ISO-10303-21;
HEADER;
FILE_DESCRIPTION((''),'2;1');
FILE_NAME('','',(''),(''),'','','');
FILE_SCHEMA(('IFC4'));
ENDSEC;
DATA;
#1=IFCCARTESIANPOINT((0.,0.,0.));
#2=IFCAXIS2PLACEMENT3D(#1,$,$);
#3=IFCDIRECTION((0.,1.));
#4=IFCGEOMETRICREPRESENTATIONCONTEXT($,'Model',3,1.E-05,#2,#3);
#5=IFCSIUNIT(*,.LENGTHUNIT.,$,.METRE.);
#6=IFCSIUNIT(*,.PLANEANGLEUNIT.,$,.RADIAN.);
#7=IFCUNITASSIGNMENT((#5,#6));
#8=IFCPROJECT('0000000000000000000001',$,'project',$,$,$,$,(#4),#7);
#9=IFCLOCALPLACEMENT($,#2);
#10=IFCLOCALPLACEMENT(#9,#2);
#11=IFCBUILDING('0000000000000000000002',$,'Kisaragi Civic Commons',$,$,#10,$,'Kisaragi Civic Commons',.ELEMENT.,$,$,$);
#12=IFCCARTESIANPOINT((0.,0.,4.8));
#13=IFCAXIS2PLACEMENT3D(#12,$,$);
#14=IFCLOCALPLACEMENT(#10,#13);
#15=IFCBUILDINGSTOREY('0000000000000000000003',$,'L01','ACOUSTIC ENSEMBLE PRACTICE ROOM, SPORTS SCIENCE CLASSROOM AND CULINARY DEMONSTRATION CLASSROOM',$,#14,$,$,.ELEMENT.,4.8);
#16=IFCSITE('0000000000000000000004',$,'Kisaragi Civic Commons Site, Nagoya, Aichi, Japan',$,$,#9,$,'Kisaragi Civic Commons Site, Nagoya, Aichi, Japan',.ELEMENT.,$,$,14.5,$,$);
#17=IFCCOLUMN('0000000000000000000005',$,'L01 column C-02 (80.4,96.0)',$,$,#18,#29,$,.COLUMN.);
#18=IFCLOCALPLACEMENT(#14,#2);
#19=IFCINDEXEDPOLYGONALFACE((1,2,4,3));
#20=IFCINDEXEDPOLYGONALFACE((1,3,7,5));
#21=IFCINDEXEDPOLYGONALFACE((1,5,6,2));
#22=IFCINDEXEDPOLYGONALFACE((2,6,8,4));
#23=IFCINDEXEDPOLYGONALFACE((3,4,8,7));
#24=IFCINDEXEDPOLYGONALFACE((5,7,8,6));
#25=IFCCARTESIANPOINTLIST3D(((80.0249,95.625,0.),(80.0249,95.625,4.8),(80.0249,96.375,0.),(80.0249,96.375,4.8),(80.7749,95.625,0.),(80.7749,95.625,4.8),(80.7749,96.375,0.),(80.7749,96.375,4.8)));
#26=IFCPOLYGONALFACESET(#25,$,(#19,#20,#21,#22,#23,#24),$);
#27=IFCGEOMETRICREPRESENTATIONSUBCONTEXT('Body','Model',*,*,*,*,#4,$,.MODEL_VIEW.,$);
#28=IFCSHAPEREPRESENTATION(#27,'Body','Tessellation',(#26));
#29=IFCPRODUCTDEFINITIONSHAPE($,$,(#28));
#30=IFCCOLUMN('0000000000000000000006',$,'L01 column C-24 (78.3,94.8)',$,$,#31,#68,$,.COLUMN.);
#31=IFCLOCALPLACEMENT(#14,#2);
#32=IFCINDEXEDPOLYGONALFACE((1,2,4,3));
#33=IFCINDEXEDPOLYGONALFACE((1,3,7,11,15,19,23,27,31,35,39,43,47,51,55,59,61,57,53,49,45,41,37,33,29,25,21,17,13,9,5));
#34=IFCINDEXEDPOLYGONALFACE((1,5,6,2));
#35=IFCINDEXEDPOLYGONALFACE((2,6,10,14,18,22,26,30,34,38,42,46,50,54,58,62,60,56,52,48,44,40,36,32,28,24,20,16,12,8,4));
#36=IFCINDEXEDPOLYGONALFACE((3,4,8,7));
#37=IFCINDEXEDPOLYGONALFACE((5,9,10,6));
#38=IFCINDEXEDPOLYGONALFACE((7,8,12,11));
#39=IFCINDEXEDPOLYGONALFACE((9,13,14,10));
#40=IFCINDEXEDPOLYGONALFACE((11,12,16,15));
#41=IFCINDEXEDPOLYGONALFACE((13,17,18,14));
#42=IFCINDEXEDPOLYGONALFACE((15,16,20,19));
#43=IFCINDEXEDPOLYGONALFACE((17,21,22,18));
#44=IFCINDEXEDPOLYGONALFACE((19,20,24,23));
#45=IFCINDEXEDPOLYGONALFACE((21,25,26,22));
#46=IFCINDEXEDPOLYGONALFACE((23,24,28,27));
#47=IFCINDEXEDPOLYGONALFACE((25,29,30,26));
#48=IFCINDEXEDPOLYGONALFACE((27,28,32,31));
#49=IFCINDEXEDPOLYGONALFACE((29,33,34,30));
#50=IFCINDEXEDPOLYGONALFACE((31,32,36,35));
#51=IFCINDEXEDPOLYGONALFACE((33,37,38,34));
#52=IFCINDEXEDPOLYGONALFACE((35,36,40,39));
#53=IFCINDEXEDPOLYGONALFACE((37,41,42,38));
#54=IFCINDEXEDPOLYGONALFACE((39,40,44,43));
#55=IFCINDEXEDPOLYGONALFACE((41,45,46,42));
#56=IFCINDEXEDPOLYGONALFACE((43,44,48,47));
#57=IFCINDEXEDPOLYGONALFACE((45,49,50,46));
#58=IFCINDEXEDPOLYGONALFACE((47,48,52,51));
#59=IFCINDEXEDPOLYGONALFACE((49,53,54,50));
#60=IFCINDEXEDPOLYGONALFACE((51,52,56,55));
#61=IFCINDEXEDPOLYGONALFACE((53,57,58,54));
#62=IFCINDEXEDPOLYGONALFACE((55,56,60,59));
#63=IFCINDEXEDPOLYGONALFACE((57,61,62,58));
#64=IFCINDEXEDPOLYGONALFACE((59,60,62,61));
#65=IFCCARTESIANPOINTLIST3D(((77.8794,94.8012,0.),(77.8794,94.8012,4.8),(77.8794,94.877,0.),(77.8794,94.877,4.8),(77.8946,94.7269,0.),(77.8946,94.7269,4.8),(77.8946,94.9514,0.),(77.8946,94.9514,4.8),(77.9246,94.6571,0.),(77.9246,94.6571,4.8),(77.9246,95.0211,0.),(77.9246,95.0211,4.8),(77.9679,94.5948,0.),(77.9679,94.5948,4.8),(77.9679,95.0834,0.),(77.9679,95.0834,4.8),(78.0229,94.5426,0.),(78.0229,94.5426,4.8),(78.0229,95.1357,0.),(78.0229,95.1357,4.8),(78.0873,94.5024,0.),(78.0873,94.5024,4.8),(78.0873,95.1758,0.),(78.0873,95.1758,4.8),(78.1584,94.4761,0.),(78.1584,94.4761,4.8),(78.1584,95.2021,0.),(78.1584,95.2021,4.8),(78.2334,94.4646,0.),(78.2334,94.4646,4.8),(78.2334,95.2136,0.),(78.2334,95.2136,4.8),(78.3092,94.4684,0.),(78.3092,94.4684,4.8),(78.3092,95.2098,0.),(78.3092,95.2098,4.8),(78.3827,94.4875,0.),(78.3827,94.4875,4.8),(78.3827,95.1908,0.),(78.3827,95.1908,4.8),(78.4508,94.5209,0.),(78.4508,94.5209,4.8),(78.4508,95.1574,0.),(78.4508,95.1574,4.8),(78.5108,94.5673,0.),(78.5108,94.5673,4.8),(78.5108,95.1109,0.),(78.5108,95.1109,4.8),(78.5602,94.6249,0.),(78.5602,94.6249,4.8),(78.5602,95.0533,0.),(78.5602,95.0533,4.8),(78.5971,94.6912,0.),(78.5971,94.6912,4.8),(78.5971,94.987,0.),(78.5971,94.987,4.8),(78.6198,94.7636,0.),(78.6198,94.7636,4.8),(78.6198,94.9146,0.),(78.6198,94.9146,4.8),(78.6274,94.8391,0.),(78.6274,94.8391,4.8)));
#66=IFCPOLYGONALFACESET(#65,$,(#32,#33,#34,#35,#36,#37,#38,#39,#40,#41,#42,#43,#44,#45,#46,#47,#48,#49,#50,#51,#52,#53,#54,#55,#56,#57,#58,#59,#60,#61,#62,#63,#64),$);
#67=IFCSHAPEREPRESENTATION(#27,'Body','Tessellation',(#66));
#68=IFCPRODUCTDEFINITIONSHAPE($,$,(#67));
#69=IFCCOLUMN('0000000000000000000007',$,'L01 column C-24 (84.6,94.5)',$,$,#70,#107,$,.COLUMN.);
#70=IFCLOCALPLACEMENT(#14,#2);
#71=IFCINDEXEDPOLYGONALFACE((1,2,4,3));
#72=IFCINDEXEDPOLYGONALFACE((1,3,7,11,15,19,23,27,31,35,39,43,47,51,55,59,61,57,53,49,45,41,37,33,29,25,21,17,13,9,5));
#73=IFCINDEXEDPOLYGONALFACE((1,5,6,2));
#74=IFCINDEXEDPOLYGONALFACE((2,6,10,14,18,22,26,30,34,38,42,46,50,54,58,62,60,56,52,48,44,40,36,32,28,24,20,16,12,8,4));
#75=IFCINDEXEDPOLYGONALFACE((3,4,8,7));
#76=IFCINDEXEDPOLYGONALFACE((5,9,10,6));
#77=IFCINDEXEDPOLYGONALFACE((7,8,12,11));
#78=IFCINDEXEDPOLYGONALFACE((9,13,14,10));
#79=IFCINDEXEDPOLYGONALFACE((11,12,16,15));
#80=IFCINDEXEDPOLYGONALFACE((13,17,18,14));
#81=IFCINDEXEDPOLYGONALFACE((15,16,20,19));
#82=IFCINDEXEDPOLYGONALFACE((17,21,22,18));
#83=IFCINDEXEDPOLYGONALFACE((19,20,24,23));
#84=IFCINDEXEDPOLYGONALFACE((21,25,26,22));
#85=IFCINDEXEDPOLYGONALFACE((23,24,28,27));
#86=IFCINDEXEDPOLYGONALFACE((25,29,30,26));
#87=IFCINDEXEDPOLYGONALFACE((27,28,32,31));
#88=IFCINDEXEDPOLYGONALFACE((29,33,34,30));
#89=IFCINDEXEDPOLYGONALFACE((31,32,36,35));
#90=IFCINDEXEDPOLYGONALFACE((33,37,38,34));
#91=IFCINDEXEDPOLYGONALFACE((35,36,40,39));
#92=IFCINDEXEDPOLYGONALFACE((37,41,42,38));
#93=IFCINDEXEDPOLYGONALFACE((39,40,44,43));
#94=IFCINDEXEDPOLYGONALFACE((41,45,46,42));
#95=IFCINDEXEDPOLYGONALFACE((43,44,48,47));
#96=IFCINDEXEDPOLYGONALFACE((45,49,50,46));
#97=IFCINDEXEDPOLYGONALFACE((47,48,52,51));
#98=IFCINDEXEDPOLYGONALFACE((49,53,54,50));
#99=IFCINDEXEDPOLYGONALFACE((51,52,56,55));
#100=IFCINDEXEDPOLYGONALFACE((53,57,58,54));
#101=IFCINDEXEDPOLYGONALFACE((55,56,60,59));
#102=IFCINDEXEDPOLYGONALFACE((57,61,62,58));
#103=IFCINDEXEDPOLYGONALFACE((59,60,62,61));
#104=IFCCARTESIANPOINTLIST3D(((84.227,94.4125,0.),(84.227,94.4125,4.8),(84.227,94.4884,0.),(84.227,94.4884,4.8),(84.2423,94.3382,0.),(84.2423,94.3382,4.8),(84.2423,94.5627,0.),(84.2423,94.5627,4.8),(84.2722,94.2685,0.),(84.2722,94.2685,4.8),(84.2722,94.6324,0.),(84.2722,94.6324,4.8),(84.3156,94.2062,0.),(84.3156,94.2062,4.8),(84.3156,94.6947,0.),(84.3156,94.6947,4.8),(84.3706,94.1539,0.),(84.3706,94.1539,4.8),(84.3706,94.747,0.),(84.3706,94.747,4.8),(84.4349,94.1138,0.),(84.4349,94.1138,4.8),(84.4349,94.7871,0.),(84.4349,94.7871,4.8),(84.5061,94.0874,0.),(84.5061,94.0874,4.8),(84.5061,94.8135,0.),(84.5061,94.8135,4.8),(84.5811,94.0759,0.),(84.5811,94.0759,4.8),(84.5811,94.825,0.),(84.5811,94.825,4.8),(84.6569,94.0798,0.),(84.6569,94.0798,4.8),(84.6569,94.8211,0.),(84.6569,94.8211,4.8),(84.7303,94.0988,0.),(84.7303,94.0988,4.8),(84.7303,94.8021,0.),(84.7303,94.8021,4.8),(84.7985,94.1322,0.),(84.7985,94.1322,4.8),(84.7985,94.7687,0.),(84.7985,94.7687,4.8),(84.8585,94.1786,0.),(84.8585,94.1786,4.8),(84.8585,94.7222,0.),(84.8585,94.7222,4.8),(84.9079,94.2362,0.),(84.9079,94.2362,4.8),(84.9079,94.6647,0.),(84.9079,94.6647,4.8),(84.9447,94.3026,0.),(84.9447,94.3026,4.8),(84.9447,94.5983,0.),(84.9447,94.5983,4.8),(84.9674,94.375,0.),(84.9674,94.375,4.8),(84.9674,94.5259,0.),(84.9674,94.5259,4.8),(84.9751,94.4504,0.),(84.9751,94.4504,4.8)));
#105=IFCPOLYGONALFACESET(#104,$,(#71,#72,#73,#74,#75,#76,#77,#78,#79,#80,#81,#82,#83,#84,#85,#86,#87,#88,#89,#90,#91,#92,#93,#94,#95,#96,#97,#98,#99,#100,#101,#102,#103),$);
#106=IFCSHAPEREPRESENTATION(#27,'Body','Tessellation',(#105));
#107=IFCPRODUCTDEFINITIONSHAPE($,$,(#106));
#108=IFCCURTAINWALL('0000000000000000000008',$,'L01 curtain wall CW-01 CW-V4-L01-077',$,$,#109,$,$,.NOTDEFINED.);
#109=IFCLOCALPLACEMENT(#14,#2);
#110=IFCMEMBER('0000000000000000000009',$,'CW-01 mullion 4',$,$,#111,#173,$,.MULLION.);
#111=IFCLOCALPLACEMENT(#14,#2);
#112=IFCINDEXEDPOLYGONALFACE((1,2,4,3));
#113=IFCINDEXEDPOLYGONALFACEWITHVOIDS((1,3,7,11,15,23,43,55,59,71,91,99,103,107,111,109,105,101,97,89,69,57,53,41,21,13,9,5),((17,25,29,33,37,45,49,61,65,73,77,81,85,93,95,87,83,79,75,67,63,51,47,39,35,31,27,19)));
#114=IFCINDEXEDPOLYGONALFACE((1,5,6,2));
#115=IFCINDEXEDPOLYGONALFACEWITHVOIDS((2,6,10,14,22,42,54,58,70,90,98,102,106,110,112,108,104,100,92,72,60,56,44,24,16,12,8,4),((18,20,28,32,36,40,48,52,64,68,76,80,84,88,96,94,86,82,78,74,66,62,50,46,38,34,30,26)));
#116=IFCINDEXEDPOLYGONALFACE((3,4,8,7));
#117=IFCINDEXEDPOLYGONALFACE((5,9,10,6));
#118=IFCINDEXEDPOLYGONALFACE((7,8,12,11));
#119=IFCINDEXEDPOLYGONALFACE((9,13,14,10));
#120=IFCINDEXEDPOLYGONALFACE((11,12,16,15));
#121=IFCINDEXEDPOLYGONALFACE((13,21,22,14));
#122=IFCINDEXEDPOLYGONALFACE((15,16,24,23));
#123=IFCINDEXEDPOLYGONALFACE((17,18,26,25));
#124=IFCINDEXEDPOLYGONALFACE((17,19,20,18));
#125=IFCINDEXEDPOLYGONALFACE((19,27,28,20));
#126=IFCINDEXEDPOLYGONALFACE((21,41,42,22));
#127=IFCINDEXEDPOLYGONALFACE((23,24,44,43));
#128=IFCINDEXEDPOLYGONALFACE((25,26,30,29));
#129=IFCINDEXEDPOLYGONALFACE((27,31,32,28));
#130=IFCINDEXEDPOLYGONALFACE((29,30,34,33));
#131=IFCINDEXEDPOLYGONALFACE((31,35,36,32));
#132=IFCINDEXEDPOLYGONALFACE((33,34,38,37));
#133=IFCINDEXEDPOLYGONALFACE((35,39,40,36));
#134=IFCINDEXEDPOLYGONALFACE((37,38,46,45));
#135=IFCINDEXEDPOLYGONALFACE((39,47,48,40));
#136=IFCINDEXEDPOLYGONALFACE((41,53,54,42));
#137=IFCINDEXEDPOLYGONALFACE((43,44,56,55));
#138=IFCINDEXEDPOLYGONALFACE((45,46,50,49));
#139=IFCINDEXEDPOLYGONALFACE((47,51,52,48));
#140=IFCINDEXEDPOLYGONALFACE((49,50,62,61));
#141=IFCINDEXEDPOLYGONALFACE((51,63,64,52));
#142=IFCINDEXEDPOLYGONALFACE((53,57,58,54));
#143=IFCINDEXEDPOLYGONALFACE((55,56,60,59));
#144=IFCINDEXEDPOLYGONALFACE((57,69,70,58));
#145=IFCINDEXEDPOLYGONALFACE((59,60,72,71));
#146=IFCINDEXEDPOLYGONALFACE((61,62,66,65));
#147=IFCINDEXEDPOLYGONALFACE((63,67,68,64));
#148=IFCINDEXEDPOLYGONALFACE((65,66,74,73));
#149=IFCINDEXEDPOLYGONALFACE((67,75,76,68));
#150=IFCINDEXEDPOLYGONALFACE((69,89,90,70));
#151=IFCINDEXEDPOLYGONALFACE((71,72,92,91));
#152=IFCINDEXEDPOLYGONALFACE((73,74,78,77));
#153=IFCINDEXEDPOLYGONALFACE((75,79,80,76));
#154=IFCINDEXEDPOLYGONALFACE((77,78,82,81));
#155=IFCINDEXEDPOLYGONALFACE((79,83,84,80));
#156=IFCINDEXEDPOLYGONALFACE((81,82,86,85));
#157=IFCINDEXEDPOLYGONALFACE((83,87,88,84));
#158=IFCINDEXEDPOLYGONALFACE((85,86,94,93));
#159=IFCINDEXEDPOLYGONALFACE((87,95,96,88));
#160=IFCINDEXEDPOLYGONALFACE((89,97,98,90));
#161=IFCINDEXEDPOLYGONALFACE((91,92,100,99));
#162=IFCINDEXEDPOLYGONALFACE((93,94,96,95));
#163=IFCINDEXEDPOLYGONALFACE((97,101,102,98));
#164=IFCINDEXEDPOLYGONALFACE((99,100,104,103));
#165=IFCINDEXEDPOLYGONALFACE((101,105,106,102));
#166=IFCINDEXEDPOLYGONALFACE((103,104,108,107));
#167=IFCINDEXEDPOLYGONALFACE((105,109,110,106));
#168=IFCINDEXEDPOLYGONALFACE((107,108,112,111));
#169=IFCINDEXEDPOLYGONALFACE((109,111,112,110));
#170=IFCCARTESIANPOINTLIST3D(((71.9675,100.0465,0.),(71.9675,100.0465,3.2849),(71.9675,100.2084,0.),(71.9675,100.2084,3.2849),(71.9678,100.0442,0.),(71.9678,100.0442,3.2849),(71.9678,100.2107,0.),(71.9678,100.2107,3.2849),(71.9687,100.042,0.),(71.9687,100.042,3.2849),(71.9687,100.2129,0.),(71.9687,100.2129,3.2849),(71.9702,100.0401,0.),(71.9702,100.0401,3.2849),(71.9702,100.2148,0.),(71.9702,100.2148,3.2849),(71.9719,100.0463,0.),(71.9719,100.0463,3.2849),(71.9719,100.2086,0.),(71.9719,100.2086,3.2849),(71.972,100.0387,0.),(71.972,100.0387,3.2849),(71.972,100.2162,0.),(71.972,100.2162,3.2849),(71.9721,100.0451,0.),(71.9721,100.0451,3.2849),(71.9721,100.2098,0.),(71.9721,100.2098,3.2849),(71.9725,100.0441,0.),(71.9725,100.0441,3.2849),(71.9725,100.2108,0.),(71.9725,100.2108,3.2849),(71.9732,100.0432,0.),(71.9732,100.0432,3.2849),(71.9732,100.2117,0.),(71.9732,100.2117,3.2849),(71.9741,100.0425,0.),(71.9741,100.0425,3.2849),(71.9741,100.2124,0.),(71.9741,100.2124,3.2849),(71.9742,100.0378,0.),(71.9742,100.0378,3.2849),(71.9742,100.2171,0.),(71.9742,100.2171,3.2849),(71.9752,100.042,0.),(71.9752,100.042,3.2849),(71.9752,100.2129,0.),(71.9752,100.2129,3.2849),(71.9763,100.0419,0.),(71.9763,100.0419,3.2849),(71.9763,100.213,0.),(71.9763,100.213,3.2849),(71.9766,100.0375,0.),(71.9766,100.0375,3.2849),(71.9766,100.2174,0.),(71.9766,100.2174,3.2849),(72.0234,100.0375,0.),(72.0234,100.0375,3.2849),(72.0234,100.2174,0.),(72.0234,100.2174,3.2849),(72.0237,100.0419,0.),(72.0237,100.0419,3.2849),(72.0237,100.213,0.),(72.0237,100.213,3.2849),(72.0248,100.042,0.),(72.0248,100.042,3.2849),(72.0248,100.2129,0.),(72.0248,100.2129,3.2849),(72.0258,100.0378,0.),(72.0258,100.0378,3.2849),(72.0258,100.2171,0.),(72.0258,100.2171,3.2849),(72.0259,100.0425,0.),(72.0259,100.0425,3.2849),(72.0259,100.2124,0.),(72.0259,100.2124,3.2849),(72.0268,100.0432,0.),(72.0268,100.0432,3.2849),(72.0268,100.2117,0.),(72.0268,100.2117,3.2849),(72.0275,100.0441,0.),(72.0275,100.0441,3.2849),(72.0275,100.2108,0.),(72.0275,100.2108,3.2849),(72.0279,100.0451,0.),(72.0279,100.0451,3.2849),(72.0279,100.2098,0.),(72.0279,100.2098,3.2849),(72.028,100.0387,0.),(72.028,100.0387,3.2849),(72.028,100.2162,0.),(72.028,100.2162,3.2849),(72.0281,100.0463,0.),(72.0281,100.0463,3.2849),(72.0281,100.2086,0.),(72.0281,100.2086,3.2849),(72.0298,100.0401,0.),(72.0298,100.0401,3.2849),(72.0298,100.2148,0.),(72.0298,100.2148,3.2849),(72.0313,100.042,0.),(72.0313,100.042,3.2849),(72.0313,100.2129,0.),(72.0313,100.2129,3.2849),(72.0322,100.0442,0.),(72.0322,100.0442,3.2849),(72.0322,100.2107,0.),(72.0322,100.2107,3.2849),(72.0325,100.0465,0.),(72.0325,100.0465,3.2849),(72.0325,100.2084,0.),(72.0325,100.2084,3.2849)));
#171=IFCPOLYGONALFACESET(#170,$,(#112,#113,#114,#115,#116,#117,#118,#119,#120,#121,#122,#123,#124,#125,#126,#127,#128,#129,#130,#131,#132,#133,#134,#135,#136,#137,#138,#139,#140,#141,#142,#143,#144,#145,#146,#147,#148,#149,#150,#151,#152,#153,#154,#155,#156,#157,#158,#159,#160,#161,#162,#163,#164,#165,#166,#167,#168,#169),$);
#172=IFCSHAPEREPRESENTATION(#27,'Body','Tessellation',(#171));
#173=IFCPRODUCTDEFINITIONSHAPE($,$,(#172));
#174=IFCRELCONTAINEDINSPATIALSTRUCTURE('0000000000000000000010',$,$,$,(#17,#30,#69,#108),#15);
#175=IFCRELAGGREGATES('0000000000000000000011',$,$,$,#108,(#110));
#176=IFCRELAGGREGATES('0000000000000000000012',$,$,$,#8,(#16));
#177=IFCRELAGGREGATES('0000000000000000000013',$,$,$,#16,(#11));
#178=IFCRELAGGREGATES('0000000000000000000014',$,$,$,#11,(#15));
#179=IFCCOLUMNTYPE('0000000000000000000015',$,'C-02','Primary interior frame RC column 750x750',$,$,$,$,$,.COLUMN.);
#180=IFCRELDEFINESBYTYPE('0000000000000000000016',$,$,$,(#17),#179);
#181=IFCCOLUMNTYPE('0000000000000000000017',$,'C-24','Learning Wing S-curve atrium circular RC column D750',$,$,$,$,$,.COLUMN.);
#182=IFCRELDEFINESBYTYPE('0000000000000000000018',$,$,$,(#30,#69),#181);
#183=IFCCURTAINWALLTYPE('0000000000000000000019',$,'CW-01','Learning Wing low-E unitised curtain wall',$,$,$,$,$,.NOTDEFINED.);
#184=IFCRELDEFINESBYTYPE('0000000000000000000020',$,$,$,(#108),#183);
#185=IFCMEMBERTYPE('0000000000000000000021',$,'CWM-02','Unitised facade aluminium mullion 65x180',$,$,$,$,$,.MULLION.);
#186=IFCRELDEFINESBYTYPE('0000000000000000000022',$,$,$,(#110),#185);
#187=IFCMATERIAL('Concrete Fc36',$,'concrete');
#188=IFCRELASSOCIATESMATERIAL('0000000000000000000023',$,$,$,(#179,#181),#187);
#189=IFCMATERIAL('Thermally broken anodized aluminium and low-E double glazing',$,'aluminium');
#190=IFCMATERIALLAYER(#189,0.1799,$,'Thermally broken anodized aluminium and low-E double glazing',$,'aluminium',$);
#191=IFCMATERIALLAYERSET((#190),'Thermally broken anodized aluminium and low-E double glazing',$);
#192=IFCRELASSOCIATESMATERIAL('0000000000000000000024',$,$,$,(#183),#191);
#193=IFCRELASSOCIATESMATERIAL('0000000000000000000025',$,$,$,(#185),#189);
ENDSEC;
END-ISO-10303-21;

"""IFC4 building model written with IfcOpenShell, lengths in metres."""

from ifc_helpers import new_model, si_unit, direction, frame, origin, origin_2d, place, context, subcontext, project, spatial, rectangle, hollow_rectangle, circle, extrude, material, layer, layer_set, material_profile, profile_set, type_object, element, aggregate, save


model = new_model("IFC4")

# Units and contexts
model_context = context("Model", 3, precision=1e-05, world=origin(), true_north=direction((0.0, 1.0)))
body_context = subcontext(model_context, "Body", "Model", "MODEL_VIEW")
ifc_project = project(units=[si_unit("LENGTHUNIT", "METRE"), si_unit("PLANEANGLEUNIT", "RADIAN")], contexts=[model_context])

# Site, building, storey
site_placement = place(None, origin())
site = spatial("IfcSite", under=ifc_project, at=site_placement, Name="Kisaragi Civic Commons Site, Nagoya, Aichi, Japan", LongName="Kisaragi Civic Commons Site, Nagoya, Aichi, Japan", CompositionType="ELEMENT", RefElevation=14.5)
building_placement = place(site_placement, origin())
building = spatial("IfcBuilding", under=site, at=building_placement, Name="Kisaragi Civic Commons", LongName="Kisaragi Civic Commons", CompositionType="ELEMENT")
storey_placement = place(building_placement, frame((0.0, 0.0, 4.8)))
storey = spatial("IfcBuildingStorey", under=building, at=storey_placement, Name="L01", Description="ACOUSTIC ENSEMBLE PRACTICE ROOM, SPORTS SCIENCE CLASSROOM AND CULINARY DEMONSTRATION CLASSROOM", CompositionType="ELEMENT", Elevation=4.8)

# Columns
ifc_material_1 = material(Name="Concrete Fc36", Category="concrete")
ifc_material_profile_1 = material_profile(ifc_material_1, rectangle(XDim=0.75, YDim=0.75, at=origin_2d()), Name="RC-750x750", Category="concrete")
ifc_profile_set_1 = profile_set([ifc_material_profile_1], Name="Concrete Fc36")
column_type_1 = type_object("IfcColumnType", Name="C-02", Description="Primary interior frame RC column 750x750", PredefinedType="COLUMN", material=ifc_profile_set_1)
column_placement = place(storey_placement, frame((80.3999, 96.0, 0.0), z_axis=(0.0, 0.0, 1.0), x_axis=(1.0, 0.0, 0.0)))
element("IfcColumn", 1, at=column_placement, inside=storey, type_object=column_type_1, Name="L01 column C-02 (80.4,96.0)", PredefinedType="COLUMN", context=body_context, shape_type="SweptSolid", body=[
    extrude(rectangle(XDim=0.75, YDim=0.75, at=origin_2d()), origin(), (0.0, 0.0, 1.0), 4.8),
])
ifc_material_profile_2 = material_profile(ifc_material_1, circle(Radius=0.375, at=origin_2d()), Name="RC-D750", Category="concrete")
ifc_profile_set_2 = profile_set([ifc_material_profile_2], Name="Concrete Fc36")
column_type_2 = type_object("IfcColumnType", Name="C-24", Description="Learning Wing S-curve atrium circular RC column D750", PredefinedType="COLUMN", material=ifc_profile_set_2)
for number, where, z_axis, x_axis, name in (
    (2, (78.2524, 94.8391, 0.0), (0.0, 0.0, 1.0), (1.0, 0.0, 0.0), "L01 column C-24 (78.3,94.8)"),
    (3, (84.6001, 94.4504, 0.0), (0.0, 0.0, 1.0), (1.0, 0.0, 0.0), "L01 column C-24 (84.6,94.5)"),
):
    element("IfcColumn", number, at=place(storey_placement, frame(where, z_axis=z_axis, x_axis=x_axis)), inside=storey, type_object=column_type_2, Name=name, PredefinedType="COLUMN", context=body_context, shape_type="SweptSolid", body=[
        extrude(circle(Radius=0.375, at=origin_2d()), origin(), (0.0, 0.0, 1.0), 4.8),
    ])

# Curtain wall, member
ifc_material_2 = material(Name="Thermally broken anodized aluminium and low-E double glazing", Category="aluminium")
ifc_layer_1 = layer(ifc_material_2, 0.1799, Name="Thermally broken anodized aluminium and low-E double glazing", Category="aluminium")
ifc_layer_set_1 = layer_set([ifc_layer_1], Name="Thermally broken anodized aluminium and low-E double glazing")
curtain_wall_type = type_object("IfcCurtainWallType", Name="CW-01", Description="Learning Wing low-E unitised curtain wall", PredefinedType="NOTDEFINED", material=ifc_layer_set_1)
curtain_wall_1_placement = place(storey_placement, origin())
curtain_wall_1 = element("IfcCurtainWall", 4, at=curtain_wall_1_placement, inside=storey, type_object=curtain_wall_type, Name="L01 curtain wall CW-01 CW-V4-L01-077", PredefinedType="NOTDEFINED")
ifc_material_profile_3 = material_profile(ifc_material_2, hollow_rectangle(XDim=0.0649, YDim=0.1799, WallThickness=0.0044, InnerFilletRadius=0.0044, OuterFilletRadius=0.009, at=origin_2d()), Name="CWM-65x180x4.5", Category="aluminium")
ifc_profile_set_3 = profile_set([ifc_material_profile_3], Name="Thermally broken anodized aluminium and low-E double glazing")
member_type_1 = type_object("IfcMemberType", Name="CWM-02", Description="Unitised facade aluminium mullion 65x180", PredefinedType="MULLION", material=ifc_profile_set_3)
member_1_placement = place(storey_placement, frame((72.0, 100.1274, 0.0), z_axis=(0.0, 0.0, 1.0), x_axis=(-1.0, 0.0, 0.0)))
member_1 = element("IfcMember", 5, at=member_1_placement, type_object=member_type_1, Name="CW-01 mullion 4", PredefinedType="MULLION", context=body_context, shape_type="SweptSolid", body=[
    extrude(hollow_rectangle(XDim=0.0649, YDim=0.1799, WallThickness=0.0044, InnerFilletRadius=0.0044, OuterFilletRadius=0.009, at=origin_2d()), origin(), (0.0, 0.0, 1.0), 3.2849),
])

aggregate(curtain_wall_1, [member_1])

save(model, "model.ifc")
